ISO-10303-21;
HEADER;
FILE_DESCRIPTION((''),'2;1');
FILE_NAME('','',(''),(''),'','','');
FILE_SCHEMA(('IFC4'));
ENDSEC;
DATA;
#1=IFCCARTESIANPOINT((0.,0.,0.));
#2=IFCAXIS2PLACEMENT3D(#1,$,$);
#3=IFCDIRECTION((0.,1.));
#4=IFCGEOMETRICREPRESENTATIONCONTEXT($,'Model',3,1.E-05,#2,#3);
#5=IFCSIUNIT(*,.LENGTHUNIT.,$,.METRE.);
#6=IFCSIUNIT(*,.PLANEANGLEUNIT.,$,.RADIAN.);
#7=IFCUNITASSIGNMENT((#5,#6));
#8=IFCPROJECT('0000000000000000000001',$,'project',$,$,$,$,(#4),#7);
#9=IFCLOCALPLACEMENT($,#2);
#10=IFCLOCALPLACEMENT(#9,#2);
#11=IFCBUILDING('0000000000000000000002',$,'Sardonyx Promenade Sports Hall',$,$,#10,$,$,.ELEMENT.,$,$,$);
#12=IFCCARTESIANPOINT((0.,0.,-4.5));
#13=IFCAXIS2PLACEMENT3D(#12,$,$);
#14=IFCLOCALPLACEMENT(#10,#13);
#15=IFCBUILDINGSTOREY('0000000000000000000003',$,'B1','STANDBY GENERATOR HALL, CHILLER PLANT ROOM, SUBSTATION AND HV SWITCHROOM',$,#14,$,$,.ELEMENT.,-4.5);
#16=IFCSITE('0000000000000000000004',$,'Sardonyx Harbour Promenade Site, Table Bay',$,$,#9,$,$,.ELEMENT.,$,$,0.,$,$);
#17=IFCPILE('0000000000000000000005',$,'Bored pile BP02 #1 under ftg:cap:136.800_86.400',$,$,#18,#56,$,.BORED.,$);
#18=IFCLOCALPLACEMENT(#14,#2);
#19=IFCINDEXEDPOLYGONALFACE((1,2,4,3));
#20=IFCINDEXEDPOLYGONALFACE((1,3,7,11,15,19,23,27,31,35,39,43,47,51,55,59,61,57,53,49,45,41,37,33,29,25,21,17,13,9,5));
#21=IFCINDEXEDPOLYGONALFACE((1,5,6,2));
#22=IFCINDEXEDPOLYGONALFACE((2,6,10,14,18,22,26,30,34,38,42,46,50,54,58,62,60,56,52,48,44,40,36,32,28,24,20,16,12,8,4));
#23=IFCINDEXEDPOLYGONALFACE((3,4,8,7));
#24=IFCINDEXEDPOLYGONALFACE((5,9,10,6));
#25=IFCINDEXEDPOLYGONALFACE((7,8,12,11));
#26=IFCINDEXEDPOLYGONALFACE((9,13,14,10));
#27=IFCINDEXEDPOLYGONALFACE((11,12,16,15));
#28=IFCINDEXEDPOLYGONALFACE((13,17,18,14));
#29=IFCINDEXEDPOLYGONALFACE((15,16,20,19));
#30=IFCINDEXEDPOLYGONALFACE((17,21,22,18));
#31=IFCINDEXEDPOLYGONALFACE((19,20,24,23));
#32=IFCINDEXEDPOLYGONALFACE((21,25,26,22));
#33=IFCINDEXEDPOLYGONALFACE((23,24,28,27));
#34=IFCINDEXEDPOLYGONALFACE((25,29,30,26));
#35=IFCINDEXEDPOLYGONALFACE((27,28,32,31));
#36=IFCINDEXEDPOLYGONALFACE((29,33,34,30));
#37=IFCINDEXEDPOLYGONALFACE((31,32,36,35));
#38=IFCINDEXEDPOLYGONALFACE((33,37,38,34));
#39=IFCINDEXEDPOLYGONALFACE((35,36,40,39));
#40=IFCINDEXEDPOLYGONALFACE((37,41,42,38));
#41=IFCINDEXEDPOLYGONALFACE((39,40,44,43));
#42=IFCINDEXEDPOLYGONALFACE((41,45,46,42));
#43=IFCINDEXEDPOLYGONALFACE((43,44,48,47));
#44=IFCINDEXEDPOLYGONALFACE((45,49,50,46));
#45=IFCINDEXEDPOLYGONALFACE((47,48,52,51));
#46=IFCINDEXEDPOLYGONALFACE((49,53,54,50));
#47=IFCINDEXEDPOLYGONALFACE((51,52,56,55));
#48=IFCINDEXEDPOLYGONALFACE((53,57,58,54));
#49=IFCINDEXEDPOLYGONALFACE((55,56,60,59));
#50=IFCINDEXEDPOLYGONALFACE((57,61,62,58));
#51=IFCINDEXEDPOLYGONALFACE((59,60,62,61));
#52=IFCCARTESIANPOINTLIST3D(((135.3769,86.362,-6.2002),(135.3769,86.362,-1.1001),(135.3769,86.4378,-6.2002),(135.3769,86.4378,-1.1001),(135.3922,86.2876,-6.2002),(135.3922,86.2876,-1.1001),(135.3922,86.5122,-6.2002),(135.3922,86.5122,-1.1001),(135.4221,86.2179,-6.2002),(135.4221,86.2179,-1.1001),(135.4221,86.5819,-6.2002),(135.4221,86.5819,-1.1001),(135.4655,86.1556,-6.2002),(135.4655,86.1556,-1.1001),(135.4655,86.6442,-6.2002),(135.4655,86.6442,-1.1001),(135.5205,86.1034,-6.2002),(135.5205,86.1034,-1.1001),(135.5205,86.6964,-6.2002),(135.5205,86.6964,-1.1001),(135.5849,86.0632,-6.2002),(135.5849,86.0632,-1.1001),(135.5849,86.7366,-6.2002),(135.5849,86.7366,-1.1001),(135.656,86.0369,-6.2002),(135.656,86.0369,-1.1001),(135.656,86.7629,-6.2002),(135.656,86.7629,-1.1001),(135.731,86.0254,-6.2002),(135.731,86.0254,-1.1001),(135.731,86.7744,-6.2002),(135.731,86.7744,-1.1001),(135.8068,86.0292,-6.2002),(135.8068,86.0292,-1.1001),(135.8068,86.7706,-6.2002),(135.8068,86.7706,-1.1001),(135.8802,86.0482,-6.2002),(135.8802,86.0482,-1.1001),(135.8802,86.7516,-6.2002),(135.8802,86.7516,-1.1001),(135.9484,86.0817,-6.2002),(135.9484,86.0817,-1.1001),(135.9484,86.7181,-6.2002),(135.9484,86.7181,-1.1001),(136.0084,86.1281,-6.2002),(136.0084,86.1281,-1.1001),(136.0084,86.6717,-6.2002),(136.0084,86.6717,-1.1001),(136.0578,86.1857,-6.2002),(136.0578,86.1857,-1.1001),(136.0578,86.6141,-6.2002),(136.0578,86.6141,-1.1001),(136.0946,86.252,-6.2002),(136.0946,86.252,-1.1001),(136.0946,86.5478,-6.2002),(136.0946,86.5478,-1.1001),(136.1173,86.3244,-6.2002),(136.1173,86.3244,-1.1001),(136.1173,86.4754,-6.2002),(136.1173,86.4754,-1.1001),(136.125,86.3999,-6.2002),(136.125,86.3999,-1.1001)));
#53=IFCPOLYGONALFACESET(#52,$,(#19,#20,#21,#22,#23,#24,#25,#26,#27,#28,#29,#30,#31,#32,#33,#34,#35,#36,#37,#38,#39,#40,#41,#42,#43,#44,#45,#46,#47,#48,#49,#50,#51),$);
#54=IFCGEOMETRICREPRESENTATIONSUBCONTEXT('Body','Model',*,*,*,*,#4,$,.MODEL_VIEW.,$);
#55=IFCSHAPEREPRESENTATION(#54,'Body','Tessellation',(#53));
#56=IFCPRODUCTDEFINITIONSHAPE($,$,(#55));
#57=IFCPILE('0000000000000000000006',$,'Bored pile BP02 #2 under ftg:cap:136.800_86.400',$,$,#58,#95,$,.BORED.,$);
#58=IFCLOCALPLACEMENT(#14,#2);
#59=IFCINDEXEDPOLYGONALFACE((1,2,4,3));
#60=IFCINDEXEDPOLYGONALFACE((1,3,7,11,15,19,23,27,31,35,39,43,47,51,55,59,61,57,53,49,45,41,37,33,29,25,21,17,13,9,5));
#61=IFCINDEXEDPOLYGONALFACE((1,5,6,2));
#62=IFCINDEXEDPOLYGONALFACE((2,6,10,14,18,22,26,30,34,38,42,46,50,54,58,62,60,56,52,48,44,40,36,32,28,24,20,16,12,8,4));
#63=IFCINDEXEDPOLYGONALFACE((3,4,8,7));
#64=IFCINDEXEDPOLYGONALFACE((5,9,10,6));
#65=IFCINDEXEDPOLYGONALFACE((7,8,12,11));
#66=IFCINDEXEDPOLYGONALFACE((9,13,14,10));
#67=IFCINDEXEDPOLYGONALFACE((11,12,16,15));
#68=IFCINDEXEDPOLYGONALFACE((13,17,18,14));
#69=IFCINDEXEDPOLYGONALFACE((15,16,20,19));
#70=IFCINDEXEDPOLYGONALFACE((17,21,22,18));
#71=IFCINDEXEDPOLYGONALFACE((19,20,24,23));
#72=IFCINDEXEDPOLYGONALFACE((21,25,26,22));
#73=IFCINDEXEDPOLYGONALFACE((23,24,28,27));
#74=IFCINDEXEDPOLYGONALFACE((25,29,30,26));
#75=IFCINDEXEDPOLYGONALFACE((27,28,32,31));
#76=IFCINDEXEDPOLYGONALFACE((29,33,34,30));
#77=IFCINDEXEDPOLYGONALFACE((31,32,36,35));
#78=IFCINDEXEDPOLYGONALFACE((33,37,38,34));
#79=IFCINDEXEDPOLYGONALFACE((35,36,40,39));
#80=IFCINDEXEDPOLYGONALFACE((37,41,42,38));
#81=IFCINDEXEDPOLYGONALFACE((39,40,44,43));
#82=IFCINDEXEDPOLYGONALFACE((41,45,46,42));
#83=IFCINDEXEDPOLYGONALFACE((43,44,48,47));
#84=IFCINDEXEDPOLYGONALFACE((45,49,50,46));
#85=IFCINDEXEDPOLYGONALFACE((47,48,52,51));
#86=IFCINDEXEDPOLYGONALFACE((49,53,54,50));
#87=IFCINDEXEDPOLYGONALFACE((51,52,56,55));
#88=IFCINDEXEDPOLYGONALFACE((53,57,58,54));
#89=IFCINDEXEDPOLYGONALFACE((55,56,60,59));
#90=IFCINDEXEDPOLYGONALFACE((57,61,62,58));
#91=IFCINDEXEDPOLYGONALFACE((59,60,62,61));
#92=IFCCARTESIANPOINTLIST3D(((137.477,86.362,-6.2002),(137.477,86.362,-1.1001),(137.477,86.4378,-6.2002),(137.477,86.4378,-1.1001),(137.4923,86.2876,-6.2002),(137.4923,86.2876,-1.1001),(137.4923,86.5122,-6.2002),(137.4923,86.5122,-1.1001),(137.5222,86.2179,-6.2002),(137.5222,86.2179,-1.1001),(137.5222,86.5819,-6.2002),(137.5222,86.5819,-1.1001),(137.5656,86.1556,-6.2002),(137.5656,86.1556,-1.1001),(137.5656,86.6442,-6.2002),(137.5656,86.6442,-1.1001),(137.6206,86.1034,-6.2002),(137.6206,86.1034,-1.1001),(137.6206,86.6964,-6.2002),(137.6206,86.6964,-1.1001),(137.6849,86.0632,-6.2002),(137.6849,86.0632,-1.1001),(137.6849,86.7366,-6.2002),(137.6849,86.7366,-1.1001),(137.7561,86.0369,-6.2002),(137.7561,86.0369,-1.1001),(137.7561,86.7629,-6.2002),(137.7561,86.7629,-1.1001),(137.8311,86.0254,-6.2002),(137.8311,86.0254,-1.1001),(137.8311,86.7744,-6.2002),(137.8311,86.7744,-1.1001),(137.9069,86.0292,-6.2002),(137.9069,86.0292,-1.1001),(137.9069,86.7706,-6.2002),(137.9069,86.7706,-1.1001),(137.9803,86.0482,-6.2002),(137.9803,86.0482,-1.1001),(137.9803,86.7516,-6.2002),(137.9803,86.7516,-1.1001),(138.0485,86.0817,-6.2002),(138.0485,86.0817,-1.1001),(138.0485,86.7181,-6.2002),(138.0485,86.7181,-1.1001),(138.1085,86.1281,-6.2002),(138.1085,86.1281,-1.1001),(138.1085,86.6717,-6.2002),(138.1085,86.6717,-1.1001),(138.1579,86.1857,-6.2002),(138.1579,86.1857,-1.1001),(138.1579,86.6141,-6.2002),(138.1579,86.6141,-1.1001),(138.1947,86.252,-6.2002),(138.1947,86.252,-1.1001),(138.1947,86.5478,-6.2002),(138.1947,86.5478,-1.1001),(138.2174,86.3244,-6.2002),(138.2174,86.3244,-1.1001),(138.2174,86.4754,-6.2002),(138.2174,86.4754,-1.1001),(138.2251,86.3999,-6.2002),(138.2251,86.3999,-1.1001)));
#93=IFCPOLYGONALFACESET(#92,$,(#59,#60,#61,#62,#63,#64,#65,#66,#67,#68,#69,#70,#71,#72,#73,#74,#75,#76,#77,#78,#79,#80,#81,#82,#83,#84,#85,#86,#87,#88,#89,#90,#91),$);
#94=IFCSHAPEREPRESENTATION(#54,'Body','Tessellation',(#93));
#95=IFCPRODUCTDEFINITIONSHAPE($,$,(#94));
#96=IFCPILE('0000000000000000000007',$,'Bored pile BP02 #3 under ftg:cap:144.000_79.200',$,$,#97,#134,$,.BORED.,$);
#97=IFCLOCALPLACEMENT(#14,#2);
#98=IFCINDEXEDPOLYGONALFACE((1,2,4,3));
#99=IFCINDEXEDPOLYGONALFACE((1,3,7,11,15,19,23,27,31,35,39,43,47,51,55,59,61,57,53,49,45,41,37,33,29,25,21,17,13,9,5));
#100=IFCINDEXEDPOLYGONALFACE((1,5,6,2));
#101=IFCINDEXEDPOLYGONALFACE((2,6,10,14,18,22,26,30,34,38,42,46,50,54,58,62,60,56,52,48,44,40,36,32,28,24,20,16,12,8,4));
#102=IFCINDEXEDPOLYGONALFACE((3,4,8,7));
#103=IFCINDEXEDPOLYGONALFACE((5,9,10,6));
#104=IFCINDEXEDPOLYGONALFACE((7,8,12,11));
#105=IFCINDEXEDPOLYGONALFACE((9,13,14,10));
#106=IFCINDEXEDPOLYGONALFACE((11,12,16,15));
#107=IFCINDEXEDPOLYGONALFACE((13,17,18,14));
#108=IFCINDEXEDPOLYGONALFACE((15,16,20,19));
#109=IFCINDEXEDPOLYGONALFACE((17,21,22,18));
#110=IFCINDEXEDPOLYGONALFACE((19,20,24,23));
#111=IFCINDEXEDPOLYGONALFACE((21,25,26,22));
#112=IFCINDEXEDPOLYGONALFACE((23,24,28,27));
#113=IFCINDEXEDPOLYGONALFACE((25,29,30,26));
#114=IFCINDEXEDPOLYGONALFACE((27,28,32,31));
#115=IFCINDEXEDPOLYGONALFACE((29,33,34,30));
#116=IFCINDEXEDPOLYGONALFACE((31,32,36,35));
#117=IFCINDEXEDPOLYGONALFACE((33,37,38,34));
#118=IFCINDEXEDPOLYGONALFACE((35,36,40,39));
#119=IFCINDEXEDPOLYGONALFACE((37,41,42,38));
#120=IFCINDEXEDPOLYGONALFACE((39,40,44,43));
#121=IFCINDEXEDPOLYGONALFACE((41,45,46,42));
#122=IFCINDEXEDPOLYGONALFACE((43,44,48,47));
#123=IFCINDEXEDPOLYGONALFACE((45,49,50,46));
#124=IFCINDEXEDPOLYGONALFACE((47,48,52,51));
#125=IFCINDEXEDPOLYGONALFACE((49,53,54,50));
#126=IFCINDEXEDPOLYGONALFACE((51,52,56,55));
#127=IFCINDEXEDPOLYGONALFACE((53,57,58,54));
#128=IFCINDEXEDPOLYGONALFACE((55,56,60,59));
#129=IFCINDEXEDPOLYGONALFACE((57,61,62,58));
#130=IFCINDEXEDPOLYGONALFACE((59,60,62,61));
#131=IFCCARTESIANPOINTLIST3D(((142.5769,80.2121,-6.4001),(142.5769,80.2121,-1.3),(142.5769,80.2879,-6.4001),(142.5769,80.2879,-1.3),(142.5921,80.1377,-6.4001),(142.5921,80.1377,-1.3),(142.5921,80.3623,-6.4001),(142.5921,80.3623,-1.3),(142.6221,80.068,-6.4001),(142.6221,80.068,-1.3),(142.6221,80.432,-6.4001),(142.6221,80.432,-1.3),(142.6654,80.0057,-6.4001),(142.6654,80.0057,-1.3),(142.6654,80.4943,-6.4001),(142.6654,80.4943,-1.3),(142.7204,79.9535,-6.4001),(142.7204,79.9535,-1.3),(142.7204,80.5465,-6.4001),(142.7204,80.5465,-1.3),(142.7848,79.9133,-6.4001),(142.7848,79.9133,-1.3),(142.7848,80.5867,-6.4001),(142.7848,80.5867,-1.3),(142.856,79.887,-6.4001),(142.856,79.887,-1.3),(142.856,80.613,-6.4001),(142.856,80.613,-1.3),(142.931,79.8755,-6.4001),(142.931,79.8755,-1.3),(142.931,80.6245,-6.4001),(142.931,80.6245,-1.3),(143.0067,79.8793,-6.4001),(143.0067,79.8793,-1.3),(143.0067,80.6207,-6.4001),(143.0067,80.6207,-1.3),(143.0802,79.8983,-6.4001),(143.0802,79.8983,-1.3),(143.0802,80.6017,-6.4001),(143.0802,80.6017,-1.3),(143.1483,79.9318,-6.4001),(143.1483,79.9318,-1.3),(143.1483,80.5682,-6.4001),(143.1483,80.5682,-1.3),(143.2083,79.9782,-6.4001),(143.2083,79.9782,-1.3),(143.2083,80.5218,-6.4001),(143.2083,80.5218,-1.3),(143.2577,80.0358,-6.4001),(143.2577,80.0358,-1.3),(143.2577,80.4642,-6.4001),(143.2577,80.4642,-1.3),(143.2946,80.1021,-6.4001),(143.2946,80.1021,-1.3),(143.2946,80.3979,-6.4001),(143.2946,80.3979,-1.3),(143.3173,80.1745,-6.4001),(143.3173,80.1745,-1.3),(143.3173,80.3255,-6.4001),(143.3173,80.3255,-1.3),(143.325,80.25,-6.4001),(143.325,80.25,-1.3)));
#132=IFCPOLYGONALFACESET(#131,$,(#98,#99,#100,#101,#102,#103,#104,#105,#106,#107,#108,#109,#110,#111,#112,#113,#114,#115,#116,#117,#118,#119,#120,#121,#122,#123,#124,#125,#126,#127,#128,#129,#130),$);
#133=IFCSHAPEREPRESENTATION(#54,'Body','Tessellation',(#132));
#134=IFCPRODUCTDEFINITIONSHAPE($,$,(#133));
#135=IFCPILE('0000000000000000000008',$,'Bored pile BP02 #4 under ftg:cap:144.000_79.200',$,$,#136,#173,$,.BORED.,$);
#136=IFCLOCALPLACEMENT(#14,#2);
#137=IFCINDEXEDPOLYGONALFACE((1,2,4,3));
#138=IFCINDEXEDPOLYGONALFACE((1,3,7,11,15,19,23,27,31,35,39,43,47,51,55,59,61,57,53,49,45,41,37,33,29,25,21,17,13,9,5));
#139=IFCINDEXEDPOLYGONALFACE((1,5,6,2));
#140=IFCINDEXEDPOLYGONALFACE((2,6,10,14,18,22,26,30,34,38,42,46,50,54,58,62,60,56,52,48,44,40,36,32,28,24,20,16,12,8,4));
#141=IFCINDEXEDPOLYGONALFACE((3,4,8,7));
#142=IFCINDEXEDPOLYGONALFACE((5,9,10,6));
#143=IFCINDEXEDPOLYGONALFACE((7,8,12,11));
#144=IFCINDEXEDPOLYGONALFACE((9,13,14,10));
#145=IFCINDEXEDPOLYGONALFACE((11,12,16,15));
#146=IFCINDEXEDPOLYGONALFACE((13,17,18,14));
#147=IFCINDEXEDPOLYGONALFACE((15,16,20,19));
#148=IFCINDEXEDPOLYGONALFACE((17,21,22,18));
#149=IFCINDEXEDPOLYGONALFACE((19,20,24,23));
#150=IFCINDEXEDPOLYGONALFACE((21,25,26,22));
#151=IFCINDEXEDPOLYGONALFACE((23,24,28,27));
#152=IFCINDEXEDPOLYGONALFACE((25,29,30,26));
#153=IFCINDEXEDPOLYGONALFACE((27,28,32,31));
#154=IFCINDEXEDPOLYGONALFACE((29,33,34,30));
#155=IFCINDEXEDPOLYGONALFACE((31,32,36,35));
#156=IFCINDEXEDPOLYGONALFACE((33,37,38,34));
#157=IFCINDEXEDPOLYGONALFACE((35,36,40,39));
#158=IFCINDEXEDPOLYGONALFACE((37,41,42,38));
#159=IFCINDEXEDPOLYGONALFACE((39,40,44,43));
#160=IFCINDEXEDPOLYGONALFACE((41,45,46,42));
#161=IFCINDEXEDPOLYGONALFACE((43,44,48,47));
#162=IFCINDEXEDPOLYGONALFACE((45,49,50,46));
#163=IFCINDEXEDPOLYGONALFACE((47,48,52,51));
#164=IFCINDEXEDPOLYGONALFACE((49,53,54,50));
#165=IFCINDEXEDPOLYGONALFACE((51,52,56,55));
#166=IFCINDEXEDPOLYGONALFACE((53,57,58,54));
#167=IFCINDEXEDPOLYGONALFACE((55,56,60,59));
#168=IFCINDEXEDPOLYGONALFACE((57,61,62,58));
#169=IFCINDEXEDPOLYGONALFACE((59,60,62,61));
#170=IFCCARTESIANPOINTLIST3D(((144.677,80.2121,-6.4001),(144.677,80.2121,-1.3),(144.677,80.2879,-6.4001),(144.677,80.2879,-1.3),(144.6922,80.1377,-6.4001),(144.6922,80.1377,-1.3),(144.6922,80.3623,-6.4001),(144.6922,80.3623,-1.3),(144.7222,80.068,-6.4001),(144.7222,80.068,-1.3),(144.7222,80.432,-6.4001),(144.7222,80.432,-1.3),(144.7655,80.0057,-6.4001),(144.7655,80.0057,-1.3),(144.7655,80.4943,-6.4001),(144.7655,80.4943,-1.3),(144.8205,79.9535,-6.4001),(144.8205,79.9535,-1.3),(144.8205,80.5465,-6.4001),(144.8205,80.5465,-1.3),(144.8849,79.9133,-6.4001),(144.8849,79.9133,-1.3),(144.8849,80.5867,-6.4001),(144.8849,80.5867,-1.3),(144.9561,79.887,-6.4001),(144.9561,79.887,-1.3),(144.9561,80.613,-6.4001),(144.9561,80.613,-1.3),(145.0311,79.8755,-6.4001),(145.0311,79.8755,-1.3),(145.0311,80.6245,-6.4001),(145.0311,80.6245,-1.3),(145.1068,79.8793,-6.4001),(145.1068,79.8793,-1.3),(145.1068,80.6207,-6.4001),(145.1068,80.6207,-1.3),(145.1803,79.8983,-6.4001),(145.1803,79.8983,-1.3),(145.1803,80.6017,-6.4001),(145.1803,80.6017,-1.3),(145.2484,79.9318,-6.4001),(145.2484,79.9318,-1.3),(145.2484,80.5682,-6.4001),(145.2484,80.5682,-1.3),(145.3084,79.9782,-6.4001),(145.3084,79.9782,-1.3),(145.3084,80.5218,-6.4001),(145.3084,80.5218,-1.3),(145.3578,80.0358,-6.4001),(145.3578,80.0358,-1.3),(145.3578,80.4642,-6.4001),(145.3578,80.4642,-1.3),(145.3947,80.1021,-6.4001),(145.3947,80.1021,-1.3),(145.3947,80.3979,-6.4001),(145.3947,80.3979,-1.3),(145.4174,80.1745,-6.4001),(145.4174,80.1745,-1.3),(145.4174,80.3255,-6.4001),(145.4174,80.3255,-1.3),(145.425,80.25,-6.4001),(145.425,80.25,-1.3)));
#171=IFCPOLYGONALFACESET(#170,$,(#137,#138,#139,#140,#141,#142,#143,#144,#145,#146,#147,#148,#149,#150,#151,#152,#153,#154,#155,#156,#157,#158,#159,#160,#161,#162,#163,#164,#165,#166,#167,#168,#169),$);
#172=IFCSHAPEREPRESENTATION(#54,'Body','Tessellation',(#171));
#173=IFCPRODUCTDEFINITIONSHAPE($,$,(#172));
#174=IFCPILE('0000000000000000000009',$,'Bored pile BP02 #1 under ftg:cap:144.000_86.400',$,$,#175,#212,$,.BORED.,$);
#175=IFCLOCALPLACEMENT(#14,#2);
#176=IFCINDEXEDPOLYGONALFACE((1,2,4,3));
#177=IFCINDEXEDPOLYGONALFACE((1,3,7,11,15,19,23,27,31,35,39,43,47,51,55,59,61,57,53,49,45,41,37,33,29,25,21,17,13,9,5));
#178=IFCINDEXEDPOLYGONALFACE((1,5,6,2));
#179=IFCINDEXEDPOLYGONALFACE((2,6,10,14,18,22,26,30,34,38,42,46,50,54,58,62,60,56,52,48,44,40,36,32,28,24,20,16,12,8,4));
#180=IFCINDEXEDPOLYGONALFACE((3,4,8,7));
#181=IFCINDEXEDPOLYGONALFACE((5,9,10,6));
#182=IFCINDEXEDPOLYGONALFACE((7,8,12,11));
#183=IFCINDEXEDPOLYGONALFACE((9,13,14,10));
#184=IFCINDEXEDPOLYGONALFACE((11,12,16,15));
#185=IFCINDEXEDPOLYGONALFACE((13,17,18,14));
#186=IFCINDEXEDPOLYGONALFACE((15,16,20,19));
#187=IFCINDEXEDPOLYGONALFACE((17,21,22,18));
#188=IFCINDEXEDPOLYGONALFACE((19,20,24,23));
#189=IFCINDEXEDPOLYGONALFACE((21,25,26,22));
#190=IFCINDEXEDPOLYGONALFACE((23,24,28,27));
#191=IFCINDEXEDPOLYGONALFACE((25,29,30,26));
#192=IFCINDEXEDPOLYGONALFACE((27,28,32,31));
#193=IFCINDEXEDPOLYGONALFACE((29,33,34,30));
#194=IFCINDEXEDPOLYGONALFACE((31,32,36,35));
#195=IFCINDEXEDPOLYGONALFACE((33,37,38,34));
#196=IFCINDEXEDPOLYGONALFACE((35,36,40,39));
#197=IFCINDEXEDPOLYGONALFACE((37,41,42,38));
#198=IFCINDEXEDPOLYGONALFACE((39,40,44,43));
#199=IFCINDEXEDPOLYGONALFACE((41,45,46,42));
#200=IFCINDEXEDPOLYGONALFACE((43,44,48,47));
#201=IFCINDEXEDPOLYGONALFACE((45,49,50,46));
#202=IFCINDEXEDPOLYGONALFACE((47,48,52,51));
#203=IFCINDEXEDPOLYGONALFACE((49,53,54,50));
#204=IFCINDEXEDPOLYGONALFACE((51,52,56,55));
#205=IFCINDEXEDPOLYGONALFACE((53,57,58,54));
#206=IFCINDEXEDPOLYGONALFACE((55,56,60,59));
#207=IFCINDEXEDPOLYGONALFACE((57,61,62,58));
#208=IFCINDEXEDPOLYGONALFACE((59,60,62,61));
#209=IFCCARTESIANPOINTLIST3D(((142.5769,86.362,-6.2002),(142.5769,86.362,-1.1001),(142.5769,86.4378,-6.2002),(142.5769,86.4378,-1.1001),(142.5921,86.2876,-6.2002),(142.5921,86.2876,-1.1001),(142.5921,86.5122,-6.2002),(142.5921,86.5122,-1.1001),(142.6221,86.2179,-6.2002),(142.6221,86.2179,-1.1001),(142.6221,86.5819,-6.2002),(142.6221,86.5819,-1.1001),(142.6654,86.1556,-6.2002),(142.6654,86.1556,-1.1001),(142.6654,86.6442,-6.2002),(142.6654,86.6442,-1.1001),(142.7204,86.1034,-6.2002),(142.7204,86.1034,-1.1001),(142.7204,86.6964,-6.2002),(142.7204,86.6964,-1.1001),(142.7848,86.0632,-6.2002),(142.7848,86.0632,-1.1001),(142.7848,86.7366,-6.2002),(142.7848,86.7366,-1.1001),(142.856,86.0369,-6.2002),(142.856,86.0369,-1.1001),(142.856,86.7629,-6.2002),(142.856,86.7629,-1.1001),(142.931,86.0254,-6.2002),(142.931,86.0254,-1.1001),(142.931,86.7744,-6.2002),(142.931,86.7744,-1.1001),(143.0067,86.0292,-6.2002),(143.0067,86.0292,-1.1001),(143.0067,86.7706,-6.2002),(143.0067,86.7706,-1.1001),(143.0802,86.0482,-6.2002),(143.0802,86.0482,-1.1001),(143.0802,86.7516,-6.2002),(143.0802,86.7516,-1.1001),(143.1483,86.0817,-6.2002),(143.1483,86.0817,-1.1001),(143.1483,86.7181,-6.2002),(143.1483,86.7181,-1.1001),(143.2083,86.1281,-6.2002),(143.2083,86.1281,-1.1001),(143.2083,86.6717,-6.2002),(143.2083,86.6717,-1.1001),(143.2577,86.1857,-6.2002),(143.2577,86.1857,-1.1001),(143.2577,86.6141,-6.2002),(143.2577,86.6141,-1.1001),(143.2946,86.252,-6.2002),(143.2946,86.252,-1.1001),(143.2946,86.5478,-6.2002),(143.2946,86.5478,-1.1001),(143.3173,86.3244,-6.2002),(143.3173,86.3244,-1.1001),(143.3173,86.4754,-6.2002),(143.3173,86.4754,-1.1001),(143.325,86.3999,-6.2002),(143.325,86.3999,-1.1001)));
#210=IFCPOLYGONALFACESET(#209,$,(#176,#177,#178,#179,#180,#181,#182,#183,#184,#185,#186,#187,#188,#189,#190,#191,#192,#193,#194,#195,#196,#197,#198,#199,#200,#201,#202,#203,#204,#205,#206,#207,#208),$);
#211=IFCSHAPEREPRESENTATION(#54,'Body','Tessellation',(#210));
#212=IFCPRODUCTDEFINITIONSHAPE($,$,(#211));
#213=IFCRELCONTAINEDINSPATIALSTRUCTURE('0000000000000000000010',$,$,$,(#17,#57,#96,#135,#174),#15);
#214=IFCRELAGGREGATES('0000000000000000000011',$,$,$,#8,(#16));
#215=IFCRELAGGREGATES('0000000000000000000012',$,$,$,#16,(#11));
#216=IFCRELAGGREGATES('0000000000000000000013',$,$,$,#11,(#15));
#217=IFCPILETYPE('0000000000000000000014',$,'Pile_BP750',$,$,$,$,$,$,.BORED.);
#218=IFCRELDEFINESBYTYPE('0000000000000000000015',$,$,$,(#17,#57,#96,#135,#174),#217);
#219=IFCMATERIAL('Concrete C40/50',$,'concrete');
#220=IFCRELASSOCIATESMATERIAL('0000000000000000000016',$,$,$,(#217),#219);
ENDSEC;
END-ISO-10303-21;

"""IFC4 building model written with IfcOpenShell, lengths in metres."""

from ifc_helpers import new_model, si_unit, direction, frame, origin, origin_2d, place, context, subcontext, project, spatial, circle, extrude, material, material_profile, profile_set, type_object, element, save


model = new_model("IFC4")

# Units and contexts
model_context = context("Model", 3, precision=1e-05, world=origin(), true_north=direction((0.0, 1.0)))
body_context = subcontext(model_context, "Body", "Model", "MODEL_VIEW")
ifc_project = project(units=[si_unit("LENGTHUNIT", "METRE"), si_unit("PLANEANGLEUNIT", "RADIAN")], contexts=[model_context])

# Site, building, storey
site_placement = place(None, origin())
site = spatial("IfcSite", under=ifc_project, at=site_placement, Name="Sardonyx Harbour Promenade Site, Table Bay", CompositionType="ELEMENT", RefElevation=0.0)
building_placement = place(site_placement, origin())
building = spatial("IfcBuilding", under=site, at=building_placement, Name="Sardonyx Promenade Sports Hall", CompositionType="ELEMENT")
storey_placement = place(building_placement, frame((0.0, 0.0, -4.5)))
storey = spatial("IfcBuildingStorey", under=building, at=storey_placement, Name="B1", Description="STANDBY GENERATOR HALL, CHILLER PLANT ROOM, SUBSTATION AND HV SWITCHROOM", CompositionType="ELEMENT", Elevation=-4.5)

# Piles
ifc_material_1 = material(Name="Concrete C40/50", Category="concrete")
ifc_material_profile_1 = material_profile(ifc_material_1, circle(Radius=0.375, at=origin_2d()))
ifc_profile_set_1 = profile_set([ifc_material_profile_1], Name="Concrete C40/50")
pile_type_1 = type_object("IfcPileType", Name="Pile_BP750", PredefinedType="BORED", material=ifc_profile_set_1)
for number, where, z_axis, x_axis, name in (
    (1, (135.75, 86.3999, -1.1001), (0.0, 0.0, -1.0), (1.0, 0.0, 0.0), "Bored pile BP02 #1 under ftg:cap:136.800_86.400"),
    (2, (137.8501, 86.3999, -1.1001), (0.0, 0.0, -1.0), (1.0, 0.0, 0.0), "Bored pile BP02 #2 under ftg:cap:136.800_86.400"),
    (3, (142.95, 80.25, -1.3), (0.0, 0.0, -1.0), (1.0, 0.0, 0.0), "Bored pile BP02 #3 under ftg:cap:144.000_79.200"),
    (4, (145.05, 80.25, -1.3), (0.0, 0.0, -1.0), (1.0, 0.0, 0.0), "Bored pile BP02 #4 under ftg:cap:144.000_79.200"),
    (5, (142.95, 86.3999, -1.1001), (0.0, 0.0, -1.0), (1.0, 0.0, 0.0), "Bored pile BP02 #1 under ftg:cap:144.000_86.400"),
):
    element("IfcPile", number, at=place(storey_placement, frame(where, z_axis=z_axis, x_axis=x_axis)), inside=storey, type_object=pile_type_1, Name=name, PredefinedType="BORED", context=body_context, shape_type="SweptSolid", body=[
        extrude(circle(Radius=0.375, at=origin_2d()), origin(), (0.0, 0.0, 1.0), 5.1001),
    ])

save(model, "model.ifc")
